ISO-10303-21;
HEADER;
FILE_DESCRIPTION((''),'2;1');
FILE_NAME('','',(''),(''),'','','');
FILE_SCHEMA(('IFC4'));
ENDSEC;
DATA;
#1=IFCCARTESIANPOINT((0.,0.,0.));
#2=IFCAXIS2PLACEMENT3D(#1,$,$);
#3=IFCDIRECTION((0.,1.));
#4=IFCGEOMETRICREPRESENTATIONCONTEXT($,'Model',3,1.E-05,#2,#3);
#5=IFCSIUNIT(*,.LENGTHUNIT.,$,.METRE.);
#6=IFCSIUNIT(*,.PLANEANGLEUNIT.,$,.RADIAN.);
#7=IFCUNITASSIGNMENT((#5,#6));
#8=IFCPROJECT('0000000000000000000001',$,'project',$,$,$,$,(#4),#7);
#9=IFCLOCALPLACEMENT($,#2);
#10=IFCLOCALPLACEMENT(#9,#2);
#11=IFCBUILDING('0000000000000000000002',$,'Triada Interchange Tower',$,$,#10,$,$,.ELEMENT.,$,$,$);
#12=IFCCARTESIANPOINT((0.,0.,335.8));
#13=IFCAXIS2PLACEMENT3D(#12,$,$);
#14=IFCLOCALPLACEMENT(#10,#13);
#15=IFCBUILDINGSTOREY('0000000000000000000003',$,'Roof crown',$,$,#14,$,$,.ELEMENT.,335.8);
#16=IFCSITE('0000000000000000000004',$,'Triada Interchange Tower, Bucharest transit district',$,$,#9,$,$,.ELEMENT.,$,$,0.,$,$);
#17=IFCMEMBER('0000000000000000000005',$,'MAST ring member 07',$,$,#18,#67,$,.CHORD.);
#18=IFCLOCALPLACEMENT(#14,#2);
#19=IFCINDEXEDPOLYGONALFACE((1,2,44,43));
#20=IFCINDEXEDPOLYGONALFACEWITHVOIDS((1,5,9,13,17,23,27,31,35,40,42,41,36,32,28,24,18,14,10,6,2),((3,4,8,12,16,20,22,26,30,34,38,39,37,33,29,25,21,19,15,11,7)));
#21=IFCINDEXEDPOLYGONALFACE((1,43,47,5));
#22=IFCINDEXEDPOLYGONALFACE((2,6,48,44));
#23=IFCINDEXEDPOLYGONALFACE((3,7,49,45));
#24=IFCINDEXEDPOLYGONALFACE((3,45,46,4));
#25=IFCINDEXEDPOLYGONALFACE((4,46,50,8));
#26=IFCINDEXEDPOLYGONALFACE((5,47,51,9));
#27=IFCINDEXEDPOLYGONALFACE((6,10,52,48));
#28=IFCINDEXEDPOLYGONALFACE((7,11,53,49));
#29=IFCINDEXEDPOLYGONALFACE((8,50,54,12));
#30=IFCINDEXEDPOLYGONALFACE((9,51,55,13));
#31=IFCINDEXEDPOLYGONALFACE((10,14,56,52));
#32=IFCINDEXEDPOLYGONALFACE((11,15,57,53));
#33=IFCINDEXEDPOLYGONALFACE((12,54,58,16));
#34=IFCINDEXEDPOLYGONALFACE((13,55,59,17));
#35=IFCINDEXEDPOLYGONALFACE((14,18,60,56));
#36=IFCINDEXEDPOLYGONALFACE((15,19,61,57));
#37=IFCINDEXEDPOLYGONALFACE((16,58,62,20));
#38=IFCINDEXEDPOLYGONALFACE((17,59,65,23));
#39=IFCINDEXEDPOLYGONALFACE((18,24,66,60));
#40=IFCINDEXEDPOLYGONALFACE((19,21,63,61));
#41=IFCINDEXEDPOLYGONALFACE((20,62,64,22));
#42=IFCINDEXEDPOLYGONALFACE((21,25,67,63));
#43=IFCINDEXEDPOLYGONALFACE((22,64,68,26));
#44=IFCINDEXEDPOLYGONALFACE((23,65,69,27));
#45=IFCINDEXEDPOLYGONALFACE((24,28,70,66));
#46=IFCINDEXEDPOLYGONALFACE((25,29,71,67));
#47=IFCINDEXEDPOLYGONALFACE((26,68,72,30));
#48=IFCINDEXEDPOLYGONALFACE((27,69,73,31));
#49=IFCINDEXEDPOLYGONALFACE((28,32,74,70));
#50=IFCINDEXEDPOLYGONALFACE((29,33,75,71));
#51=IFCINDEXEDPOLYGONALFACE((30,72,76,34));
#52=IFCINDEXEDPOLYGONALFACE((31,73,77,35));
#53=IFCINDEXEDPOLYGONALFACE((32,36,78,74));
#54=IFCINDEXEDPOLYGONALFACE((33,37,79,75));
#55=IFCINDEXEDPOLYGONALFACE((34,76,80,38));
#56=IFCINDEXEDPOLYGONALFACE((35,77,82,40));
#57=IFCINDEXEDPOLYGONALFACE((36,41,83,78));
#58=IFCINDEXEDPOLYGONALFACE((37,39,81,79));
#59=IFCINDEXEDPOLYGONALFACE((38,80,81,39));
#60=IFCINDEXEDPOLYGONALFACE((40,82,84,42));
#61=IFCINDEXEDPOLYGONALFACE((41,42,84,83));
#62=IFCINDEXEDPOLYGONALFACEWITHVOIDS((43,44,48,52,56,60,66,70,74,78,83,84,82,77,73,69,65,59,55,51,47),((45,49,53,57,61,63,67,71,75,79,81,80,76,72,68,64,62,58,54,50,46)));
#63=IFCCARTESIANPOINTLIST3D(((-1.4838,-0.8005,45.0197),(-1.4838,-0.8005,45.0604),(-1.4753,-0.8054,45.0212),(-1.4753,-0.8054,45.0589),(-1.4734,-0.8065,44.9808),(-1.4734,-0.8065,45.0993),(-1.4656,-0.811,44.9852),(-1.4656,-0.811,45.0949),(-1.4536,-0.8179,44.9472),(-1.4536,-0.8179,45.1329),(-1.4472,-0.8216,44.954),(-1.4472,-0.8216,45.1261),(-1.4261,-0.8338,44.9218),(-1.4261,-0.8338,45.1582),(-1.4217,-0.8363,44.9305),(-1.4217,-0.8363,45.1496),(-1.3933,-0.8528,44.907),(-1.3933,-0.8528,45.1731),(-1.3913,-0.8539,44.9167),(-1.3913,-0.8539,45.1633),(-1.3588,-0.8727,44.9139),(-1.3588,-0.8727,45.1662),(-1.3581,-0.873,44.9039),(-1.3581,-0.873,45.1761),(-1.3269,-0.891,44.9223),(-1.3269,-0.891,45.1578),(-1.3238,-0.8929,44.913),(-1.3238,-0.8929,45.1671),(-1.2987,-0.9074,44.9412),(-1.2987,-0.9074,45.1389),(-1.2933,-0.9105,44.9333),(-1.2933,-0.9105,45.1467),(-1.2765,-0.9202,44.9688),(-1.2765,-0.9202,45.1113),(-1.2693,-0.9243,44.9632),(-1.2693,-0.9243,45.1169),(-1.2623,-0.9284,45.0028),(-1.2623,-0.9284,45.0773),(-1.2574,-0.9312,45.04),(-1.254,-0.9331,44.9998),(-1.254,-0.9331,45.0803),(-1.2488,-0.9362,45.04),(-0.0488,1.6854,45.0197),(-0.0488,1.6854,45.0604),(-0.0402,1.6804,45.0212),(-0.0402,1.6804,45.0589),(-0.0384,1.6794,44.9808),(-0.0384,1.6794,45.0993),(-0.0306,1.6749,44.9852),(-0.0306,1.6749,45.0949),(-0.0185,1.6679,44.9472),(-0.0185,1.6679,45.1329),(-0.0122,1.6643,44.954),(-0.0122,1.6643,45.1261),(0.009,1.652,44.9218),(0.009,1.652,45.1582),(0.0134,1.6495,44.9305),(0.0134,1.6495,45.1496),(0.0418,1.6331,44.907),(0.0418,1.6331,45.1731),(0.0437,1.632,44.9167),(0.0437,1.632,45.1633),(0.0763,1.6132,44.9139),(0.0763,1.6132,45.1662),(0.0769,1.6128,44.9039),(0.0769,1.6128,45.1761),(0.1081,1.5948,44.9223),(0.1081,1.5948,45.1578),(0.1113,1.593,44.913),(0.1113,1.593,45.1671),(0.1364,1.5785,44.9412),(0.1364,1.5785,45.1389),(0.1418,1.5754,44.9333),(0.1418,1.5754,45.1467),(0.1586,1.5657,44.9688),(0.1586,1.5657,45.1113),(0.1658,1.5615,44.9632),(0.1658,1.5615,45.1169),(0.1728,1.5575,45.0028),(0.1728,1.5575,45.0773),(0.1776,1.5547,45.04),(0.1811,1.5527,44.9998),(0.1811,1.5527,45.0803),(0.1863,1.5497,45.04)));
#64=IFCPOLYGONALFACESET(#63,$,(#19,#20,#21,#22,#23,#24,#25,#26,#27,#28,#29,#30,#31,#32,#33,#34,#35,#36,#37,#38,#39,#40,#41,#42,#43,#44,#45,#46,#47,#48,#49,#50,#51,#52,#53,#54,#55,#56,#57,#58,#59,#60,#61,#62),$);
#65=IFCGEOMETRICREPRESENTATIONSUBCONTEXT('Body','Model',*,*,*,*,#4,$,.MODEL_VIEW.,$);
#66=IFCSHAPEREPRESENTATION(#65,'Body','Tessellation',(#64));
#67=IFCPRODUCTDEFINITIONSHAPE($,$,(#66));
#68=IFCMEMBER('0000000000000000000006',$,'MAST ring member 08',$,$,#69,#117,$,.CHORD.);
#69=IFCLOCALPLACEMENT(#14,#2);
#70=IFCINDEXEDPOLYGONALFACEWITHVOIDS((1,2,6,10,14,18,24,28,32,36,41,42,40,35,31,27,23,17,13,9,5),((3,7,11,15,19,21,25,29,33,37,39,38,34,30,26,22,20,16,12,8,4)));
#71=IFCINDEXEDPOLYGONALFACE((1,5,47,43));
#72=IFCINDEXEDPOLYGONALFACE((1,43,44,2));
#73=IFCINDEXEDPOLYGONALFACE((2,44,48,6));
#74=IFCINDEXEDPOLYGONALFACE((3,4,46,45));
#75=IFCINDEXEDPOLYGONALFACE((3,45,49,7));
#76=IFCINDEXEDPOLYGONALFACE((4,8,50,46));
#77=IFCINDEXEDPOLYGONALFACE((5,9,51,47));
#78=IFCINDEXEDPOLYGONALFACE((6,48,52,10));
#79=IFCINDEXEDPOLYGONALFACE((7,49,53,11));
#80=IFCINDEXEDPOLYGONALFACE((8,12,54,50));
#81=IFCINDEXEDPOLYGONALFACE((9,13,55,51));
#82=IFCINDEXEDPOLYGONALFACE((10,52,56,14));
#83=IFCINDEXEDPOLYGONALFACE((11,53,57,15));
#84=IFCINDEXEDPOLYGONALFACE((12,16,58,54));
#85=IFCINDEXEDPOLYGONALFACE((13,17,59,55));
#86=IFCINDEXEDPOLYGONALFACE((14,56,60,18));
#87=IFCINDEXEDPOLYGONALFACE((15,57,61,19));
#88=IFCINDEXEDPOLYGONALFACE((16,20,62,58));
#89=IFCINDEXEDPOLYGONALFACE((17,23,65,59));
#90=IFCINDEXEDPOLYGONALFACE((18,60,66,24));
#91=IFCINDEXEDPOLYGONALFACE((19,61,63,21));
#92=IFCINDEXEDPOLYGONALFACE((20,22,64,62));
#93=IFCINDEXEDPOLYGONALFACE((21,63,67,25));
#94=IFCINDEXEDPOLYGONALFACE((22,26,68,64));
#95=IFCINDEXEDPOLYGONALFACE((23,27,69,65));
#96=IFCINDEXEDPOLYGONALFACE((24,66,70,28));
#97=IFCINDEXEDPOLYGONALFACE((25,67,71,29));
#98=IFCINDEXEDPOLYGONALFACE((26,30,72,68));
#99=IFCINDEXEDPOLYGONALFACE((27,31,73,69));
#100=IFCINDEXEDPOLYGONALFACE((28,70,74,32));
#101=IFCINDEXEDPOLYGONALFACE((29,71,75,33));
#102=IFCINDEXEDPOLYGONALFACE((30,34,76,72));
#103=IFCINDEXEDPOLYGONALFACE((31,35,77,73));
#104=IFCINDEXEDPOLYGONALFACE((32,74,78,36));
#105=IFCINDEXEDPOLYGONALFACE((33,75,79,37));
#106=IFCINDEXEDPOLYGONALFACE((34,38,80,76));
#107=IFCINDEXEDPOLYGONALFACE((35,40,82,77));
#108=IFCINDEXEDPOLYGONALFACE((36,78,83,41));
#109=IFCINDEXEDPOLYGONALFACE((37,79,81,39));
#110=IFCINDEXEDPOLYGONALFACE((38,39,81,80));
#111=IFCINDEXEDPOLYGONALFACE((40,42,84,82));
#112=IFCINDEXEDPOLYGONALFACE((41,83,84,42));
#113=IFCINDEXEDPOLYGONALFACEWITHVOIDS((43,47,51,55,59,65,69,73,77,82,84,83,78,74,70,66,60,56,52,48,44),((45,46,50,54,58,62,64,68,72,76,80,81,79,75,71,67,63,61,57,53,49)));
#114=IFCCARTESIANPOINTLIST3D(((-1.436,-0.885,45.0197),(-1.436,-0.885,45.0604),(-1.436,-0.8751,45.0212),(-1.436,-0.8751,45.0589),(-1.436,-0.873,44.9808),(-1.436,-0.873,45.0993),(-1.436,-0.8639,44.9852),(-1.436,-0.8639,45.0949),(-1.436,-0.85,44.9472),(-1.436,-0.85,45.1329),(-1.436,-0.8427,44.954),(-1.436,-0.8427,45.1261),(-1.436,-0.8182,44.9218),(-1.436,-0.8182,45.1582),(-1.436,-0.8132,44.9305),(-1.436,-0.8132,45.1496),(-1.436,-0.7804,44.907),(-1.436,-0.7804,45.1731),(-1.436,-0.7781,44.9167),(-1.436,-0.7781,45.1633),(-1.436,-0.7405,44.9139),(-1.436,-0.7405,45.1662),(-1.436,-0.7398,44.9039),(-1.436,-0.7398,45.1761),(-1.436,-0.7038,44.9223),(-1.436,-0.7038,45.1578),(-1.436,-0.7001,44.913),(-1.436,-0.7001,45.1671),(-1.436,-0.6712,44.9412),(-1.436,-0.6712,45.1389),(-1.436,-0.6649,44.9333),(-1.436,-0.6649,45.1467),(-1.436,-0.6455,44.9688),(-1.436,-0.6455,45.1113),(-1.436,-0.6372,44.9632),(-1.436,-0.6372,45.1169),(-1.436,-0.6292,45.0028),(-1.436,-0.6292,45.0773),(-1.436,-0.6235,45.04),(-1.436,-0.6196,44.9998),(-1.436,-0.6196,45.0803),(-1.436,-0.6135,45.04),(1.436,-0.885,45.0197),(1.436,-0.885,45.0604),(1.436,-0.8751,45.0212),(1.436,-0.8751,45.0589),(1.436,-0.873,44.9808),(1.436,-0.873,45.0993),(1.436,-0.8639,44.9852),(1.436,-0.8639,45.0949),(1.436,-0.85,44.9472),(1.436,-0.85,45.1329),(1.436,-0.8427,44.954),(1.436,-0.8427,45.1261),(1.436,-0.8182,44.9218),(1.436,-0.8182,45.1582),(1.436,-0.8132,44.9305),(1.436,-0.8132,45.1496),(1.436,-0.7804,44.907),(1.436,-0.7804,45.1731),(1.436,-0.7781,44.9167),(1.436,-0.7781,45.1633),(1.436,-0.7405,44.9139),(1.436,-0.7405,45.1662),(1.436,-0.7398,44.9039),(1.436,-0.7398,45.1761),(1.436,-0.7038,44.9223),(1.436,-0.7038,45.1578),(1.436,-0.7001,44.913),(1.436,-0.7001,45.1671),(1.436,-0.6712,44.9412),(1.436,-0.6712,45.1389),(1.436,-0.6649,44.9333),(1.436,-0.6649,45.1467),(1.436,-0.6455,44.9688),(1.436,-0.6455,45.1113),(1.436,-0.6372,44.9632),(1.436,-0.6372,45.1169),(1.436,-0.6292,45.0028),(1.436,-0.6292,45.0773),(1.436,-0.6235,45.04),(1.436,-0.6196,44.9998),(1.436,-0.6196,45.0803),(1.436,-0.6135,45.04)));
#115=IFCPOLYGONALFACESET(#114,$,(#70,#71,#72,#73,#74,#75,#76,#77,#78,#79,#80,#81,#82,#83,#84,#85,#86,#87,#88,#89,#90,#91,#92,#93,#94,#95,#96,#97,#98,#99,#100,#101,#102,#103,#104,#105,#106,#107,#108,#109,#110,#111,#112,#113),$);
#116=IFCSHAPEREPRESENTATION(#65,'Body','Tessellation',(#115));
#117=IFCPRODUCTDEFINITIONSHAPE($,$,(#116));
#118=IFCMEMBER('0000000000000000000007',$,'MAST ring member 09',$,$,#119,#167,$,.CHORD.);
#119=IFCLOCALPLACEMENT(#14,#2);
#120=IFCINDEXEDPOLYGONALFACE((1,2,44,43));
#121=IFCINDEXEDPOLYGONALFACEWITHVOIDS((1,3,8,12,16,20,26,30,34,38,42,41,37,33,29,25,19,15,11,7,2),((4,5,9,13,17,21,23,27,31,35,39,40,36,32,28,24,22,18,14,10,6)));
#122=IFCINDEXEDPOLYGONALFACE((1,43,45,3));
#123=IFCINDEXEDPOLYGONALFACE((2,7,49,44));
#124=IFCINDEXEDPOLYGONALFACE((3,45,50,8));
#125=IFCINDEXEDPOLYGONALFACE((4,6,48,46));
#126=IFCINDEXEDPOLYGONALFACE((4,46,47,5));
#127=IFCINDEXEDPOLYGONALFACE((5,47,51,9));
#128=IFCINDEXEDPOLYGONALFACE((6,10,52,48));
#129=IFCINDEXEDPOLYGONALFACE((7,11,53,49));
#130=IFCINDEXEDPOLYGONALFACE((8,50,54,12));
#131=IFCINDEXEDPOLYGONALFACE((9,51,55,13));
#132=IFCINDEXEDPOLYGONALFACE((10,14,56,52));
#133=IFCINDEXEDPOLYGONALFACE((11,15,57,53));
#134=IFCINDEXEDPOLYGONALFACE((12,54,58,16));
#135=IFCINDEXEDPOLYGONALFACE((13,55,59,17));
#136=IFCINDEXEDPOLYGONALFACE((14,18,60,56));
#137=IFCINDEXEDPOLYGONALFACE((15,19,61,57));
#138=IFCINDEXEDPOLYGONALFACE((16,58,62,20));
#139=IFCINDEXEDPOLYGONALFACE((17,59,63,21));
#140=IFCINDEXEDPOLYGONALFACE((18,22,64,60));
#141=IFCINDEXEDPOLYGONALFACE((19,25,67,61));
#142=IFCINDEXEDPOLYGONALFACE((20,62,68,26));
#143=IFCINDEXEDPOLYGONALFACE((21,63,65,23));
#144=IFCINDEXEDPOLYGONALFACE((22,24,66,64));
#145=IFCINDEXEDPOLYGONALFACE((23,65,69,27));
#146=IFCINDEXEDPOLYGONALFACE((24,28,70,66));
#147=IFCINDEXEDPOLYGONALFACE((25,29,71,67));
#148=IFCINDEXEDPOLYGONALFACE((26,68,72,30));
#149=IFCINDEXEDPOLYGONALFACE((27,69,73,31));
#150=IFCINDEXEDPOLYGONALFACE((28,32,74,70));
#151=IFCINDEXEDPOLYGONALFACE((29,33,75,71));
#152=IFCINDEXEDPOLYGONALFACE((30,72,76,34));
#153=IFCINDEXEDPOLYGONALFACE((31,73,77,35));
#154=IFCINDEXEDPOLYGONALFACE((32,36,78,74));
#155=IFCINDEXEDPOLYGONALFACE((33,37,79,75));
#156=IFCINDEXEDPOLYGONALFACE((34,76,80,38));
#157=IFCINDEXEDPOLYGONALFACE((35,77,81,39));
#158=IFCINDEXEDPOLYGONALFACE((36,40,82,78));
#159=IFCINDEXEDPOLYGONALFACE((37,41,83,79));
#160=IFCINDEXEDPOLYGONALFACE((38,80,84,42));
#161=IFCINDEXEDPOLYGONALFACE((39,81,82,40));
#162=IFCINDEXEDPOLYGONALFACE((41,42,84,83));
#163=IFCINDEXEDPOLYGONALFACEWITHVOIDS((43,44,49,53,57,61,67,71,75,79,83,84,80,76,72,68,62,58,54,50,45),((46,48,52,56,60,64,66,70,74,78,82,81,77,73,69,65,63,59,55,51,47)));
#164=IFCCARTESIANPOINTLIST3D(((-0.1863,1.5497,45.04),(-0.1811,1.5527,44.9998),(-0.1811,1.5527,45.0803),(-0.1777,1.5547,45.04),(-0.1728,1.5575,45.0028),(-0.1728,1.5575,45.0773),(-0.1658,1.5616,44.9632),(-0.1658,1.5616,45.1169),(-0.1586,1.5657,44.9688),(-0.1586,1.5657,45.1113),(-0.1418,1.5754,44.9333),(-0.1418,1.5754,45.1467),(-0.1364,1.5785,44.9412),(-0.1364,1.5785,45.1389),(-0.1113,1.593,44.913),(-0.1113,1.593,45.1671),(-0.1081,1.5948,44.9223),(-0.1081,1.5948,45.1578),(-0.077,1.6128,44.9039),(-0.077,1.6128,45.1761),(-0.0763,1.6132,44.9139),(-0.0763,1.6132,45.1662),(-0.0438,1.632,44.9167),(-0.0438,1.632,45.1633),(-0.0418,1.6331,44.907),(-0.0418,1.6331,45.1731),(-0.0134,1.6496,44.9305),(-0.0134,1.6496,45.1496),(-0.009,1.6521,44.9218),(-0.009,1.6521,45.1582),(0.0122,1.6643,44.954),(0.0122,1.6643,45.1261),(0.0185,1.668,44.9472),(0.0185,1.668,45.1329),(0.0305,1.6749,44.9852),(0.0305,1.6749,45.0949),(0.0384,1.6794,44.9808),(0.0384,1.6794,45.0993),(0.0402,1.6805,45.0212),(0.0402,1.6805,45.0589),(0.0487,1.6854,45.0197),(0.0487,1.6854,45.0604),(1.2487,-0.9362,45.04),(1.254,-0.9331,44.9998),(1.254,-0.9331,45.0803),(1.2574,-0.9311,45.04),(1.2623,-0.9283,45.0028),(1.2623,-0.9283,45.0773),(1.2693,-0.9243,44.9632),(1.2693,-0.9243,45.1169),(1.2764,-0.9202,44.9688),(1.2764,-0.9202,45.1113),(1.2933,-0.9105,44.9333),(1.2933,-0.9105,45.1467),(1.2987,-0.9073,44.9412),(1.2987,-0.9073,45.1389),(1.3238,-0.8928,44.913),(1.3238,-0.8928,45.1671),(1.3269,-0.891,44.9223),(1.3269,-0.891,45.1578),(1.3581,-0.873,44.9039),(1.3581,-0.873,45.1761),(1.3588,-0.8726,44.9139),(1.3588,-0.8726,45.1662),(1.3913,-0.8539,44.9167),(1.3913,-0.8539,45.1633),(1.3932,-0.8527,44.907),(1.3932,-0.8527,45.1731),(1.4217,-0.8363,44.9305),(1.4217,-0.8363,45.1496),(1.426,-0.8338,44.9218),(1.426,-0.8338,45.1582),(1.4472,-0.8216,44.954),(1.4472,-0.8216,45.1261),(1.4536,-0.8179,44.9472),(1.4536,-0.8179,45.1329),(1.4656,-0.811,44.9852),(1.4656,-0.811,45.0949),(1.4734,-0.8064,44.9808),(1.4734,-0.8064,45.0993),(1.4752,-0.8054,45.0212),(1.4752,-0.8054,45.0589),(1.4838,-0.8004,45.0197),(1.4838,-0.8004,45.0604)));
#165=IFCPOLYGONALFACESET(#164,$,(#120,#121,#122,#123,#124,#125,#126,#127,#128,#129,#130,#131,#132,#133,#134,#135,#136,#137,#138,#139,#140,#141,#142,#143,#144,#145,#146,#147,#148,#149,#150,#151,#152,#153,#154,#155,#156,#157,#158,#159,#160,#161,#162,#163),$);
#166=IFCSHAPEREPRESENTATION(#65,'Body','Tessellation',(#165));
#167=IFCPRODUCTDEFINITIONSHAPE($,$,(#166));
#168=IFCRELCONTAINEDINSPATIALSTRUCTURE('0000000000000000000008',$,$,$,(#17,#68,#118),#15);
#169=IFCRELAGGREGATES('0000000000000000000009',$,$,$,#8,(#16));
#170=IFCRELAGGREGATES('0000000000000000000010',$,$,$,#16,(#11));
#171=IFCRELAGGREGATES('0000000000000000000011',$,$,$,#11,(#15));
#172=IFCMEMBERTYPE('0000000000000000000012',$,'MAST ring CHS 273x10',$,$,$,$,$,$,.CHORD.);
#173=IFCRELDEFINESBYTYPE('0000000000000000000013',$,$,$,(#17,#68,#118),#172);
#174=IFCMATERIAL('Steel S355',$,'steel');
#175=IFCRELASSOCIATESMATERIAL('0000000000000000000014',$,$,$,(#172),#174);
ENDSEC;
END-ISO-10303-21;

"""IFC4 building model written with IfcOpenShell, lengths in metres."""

from ifc_helpers import new_model, si_unit, direction, frame, origin, origin_2d, place, context, subcontext, project, spatial, hollow_circle, extrude, material, material_profile, profile_set, type_object, element, save


model = new_model("IFC4")

# Units and contexts
model_context = context("Model", 3, precision=1e-05, world=origin(), true_north=direction((0.0, 1.0)))
body_context = subcontext(model_context, "Body", "Model", "MODEL_VIEW")
ifc_project = project(units=[si_unit("LENGTHUNIT", "METRE"), si_unit("PLANEANGLEUNIT", "RADIAN")], contexts=[model_context])

# Site, building, storey
site_placement = place(None, origin())
site = spatial("IfcSite", under=ifc_project, at=site_placement, Name="Triada Interchange Tower, Bucharest transit district", CompositionType="ELEMENT", RefElevation=0.0)
building_placement = place(site_placement, origin())
building = spatial("IfcBuilding", under=site, at=building_placement, Name="Triada Interchange Tower", CompositionType="ELEMENT")
storey_placement = place(building_placement, frame((0.0, 0.0, 335.8)))
storey = spatial("IfcBuildingStorey", under=building, at=storey_placement, Name="Roof crown", CompositionType="ELEMENT", Elevation=335.8)

# Members
ifc_material = material(Name="Steel S355", Category="steel")
ifc_material_profile_1 = material_profile(ifc_material, hollow_circle(Radius=0.1365, WallThickness=0.01, at=origin_2d()), Name="CHS 273x10")
ifc_profile_set_1 = profile_set([ifc_material_profile_1], Name="Steel S355")
member_type_1 = type_object("IfcMemberType", Name="MAST ring CHS 273x10", PredefinedType="CHORD", material=ifc_profile_set_1)
member_1_placement = place(storey_placement, frame((0.0681, 1.6179, 45.04), z_axis=(-0.499963, -0.866047, 0.0), x_axis=(0.866047, -0.499963, 0.0)))
element("IfcMember", 1, at=member_1_placement, inside=storey, type_object=member_type_1, Name="MAST ring member 07", PredefinedType="CHORD", context=body_context, shape_type="SweptSolid", body=[
    extrude(hollow_circle(Radius=0.1365, WallThickness=0.01, at=origin_2d()), origin(), (0.0, 0.0, 1.0), 2.8704),
])
member_2_placement = place(storey_placement, frame((-1.436, -0.75, 45.04), z_axis=(1.0, 0.0, 0.0), x_axis=(0.0, 1.0, 0.0)))
element("IfcMember", 2, at=member_2_placement, inside=storey, type_object=member_type_1, Name="MAST ring member 08", PredefinedType="CHORD", context=body_context, shape_type="SweptSolid", body=[
    extrude(hollow_circle(Radius=0.1365, WallThickness=0.01, at=origin_2d()), origin(), (0.0, 0.0, 1.0), 2.8721),
])
member_3_placement = place(storey_placement, frame((1.3669, -0.8679, 45.04), z_axis=(-0.499963, 0.866047, 0.0), x_axis=(-0.866047, -0.499963, 0.0)))
element("IfcMember", 3, at=member_3_placement, inside=storey, type_object=member_type_1, Name="MAST ring member 09", PredefinedType="CHORD", context=body_context, shape_type="SweptSolid", body=[
    extrude(hollow_circle(Radius=0.1365, WallThickness=0.01, at=origin_2d()), origin(), (0.0, 0.0, 1.0), 2.8704),
])

save(model, "model.ifc")
